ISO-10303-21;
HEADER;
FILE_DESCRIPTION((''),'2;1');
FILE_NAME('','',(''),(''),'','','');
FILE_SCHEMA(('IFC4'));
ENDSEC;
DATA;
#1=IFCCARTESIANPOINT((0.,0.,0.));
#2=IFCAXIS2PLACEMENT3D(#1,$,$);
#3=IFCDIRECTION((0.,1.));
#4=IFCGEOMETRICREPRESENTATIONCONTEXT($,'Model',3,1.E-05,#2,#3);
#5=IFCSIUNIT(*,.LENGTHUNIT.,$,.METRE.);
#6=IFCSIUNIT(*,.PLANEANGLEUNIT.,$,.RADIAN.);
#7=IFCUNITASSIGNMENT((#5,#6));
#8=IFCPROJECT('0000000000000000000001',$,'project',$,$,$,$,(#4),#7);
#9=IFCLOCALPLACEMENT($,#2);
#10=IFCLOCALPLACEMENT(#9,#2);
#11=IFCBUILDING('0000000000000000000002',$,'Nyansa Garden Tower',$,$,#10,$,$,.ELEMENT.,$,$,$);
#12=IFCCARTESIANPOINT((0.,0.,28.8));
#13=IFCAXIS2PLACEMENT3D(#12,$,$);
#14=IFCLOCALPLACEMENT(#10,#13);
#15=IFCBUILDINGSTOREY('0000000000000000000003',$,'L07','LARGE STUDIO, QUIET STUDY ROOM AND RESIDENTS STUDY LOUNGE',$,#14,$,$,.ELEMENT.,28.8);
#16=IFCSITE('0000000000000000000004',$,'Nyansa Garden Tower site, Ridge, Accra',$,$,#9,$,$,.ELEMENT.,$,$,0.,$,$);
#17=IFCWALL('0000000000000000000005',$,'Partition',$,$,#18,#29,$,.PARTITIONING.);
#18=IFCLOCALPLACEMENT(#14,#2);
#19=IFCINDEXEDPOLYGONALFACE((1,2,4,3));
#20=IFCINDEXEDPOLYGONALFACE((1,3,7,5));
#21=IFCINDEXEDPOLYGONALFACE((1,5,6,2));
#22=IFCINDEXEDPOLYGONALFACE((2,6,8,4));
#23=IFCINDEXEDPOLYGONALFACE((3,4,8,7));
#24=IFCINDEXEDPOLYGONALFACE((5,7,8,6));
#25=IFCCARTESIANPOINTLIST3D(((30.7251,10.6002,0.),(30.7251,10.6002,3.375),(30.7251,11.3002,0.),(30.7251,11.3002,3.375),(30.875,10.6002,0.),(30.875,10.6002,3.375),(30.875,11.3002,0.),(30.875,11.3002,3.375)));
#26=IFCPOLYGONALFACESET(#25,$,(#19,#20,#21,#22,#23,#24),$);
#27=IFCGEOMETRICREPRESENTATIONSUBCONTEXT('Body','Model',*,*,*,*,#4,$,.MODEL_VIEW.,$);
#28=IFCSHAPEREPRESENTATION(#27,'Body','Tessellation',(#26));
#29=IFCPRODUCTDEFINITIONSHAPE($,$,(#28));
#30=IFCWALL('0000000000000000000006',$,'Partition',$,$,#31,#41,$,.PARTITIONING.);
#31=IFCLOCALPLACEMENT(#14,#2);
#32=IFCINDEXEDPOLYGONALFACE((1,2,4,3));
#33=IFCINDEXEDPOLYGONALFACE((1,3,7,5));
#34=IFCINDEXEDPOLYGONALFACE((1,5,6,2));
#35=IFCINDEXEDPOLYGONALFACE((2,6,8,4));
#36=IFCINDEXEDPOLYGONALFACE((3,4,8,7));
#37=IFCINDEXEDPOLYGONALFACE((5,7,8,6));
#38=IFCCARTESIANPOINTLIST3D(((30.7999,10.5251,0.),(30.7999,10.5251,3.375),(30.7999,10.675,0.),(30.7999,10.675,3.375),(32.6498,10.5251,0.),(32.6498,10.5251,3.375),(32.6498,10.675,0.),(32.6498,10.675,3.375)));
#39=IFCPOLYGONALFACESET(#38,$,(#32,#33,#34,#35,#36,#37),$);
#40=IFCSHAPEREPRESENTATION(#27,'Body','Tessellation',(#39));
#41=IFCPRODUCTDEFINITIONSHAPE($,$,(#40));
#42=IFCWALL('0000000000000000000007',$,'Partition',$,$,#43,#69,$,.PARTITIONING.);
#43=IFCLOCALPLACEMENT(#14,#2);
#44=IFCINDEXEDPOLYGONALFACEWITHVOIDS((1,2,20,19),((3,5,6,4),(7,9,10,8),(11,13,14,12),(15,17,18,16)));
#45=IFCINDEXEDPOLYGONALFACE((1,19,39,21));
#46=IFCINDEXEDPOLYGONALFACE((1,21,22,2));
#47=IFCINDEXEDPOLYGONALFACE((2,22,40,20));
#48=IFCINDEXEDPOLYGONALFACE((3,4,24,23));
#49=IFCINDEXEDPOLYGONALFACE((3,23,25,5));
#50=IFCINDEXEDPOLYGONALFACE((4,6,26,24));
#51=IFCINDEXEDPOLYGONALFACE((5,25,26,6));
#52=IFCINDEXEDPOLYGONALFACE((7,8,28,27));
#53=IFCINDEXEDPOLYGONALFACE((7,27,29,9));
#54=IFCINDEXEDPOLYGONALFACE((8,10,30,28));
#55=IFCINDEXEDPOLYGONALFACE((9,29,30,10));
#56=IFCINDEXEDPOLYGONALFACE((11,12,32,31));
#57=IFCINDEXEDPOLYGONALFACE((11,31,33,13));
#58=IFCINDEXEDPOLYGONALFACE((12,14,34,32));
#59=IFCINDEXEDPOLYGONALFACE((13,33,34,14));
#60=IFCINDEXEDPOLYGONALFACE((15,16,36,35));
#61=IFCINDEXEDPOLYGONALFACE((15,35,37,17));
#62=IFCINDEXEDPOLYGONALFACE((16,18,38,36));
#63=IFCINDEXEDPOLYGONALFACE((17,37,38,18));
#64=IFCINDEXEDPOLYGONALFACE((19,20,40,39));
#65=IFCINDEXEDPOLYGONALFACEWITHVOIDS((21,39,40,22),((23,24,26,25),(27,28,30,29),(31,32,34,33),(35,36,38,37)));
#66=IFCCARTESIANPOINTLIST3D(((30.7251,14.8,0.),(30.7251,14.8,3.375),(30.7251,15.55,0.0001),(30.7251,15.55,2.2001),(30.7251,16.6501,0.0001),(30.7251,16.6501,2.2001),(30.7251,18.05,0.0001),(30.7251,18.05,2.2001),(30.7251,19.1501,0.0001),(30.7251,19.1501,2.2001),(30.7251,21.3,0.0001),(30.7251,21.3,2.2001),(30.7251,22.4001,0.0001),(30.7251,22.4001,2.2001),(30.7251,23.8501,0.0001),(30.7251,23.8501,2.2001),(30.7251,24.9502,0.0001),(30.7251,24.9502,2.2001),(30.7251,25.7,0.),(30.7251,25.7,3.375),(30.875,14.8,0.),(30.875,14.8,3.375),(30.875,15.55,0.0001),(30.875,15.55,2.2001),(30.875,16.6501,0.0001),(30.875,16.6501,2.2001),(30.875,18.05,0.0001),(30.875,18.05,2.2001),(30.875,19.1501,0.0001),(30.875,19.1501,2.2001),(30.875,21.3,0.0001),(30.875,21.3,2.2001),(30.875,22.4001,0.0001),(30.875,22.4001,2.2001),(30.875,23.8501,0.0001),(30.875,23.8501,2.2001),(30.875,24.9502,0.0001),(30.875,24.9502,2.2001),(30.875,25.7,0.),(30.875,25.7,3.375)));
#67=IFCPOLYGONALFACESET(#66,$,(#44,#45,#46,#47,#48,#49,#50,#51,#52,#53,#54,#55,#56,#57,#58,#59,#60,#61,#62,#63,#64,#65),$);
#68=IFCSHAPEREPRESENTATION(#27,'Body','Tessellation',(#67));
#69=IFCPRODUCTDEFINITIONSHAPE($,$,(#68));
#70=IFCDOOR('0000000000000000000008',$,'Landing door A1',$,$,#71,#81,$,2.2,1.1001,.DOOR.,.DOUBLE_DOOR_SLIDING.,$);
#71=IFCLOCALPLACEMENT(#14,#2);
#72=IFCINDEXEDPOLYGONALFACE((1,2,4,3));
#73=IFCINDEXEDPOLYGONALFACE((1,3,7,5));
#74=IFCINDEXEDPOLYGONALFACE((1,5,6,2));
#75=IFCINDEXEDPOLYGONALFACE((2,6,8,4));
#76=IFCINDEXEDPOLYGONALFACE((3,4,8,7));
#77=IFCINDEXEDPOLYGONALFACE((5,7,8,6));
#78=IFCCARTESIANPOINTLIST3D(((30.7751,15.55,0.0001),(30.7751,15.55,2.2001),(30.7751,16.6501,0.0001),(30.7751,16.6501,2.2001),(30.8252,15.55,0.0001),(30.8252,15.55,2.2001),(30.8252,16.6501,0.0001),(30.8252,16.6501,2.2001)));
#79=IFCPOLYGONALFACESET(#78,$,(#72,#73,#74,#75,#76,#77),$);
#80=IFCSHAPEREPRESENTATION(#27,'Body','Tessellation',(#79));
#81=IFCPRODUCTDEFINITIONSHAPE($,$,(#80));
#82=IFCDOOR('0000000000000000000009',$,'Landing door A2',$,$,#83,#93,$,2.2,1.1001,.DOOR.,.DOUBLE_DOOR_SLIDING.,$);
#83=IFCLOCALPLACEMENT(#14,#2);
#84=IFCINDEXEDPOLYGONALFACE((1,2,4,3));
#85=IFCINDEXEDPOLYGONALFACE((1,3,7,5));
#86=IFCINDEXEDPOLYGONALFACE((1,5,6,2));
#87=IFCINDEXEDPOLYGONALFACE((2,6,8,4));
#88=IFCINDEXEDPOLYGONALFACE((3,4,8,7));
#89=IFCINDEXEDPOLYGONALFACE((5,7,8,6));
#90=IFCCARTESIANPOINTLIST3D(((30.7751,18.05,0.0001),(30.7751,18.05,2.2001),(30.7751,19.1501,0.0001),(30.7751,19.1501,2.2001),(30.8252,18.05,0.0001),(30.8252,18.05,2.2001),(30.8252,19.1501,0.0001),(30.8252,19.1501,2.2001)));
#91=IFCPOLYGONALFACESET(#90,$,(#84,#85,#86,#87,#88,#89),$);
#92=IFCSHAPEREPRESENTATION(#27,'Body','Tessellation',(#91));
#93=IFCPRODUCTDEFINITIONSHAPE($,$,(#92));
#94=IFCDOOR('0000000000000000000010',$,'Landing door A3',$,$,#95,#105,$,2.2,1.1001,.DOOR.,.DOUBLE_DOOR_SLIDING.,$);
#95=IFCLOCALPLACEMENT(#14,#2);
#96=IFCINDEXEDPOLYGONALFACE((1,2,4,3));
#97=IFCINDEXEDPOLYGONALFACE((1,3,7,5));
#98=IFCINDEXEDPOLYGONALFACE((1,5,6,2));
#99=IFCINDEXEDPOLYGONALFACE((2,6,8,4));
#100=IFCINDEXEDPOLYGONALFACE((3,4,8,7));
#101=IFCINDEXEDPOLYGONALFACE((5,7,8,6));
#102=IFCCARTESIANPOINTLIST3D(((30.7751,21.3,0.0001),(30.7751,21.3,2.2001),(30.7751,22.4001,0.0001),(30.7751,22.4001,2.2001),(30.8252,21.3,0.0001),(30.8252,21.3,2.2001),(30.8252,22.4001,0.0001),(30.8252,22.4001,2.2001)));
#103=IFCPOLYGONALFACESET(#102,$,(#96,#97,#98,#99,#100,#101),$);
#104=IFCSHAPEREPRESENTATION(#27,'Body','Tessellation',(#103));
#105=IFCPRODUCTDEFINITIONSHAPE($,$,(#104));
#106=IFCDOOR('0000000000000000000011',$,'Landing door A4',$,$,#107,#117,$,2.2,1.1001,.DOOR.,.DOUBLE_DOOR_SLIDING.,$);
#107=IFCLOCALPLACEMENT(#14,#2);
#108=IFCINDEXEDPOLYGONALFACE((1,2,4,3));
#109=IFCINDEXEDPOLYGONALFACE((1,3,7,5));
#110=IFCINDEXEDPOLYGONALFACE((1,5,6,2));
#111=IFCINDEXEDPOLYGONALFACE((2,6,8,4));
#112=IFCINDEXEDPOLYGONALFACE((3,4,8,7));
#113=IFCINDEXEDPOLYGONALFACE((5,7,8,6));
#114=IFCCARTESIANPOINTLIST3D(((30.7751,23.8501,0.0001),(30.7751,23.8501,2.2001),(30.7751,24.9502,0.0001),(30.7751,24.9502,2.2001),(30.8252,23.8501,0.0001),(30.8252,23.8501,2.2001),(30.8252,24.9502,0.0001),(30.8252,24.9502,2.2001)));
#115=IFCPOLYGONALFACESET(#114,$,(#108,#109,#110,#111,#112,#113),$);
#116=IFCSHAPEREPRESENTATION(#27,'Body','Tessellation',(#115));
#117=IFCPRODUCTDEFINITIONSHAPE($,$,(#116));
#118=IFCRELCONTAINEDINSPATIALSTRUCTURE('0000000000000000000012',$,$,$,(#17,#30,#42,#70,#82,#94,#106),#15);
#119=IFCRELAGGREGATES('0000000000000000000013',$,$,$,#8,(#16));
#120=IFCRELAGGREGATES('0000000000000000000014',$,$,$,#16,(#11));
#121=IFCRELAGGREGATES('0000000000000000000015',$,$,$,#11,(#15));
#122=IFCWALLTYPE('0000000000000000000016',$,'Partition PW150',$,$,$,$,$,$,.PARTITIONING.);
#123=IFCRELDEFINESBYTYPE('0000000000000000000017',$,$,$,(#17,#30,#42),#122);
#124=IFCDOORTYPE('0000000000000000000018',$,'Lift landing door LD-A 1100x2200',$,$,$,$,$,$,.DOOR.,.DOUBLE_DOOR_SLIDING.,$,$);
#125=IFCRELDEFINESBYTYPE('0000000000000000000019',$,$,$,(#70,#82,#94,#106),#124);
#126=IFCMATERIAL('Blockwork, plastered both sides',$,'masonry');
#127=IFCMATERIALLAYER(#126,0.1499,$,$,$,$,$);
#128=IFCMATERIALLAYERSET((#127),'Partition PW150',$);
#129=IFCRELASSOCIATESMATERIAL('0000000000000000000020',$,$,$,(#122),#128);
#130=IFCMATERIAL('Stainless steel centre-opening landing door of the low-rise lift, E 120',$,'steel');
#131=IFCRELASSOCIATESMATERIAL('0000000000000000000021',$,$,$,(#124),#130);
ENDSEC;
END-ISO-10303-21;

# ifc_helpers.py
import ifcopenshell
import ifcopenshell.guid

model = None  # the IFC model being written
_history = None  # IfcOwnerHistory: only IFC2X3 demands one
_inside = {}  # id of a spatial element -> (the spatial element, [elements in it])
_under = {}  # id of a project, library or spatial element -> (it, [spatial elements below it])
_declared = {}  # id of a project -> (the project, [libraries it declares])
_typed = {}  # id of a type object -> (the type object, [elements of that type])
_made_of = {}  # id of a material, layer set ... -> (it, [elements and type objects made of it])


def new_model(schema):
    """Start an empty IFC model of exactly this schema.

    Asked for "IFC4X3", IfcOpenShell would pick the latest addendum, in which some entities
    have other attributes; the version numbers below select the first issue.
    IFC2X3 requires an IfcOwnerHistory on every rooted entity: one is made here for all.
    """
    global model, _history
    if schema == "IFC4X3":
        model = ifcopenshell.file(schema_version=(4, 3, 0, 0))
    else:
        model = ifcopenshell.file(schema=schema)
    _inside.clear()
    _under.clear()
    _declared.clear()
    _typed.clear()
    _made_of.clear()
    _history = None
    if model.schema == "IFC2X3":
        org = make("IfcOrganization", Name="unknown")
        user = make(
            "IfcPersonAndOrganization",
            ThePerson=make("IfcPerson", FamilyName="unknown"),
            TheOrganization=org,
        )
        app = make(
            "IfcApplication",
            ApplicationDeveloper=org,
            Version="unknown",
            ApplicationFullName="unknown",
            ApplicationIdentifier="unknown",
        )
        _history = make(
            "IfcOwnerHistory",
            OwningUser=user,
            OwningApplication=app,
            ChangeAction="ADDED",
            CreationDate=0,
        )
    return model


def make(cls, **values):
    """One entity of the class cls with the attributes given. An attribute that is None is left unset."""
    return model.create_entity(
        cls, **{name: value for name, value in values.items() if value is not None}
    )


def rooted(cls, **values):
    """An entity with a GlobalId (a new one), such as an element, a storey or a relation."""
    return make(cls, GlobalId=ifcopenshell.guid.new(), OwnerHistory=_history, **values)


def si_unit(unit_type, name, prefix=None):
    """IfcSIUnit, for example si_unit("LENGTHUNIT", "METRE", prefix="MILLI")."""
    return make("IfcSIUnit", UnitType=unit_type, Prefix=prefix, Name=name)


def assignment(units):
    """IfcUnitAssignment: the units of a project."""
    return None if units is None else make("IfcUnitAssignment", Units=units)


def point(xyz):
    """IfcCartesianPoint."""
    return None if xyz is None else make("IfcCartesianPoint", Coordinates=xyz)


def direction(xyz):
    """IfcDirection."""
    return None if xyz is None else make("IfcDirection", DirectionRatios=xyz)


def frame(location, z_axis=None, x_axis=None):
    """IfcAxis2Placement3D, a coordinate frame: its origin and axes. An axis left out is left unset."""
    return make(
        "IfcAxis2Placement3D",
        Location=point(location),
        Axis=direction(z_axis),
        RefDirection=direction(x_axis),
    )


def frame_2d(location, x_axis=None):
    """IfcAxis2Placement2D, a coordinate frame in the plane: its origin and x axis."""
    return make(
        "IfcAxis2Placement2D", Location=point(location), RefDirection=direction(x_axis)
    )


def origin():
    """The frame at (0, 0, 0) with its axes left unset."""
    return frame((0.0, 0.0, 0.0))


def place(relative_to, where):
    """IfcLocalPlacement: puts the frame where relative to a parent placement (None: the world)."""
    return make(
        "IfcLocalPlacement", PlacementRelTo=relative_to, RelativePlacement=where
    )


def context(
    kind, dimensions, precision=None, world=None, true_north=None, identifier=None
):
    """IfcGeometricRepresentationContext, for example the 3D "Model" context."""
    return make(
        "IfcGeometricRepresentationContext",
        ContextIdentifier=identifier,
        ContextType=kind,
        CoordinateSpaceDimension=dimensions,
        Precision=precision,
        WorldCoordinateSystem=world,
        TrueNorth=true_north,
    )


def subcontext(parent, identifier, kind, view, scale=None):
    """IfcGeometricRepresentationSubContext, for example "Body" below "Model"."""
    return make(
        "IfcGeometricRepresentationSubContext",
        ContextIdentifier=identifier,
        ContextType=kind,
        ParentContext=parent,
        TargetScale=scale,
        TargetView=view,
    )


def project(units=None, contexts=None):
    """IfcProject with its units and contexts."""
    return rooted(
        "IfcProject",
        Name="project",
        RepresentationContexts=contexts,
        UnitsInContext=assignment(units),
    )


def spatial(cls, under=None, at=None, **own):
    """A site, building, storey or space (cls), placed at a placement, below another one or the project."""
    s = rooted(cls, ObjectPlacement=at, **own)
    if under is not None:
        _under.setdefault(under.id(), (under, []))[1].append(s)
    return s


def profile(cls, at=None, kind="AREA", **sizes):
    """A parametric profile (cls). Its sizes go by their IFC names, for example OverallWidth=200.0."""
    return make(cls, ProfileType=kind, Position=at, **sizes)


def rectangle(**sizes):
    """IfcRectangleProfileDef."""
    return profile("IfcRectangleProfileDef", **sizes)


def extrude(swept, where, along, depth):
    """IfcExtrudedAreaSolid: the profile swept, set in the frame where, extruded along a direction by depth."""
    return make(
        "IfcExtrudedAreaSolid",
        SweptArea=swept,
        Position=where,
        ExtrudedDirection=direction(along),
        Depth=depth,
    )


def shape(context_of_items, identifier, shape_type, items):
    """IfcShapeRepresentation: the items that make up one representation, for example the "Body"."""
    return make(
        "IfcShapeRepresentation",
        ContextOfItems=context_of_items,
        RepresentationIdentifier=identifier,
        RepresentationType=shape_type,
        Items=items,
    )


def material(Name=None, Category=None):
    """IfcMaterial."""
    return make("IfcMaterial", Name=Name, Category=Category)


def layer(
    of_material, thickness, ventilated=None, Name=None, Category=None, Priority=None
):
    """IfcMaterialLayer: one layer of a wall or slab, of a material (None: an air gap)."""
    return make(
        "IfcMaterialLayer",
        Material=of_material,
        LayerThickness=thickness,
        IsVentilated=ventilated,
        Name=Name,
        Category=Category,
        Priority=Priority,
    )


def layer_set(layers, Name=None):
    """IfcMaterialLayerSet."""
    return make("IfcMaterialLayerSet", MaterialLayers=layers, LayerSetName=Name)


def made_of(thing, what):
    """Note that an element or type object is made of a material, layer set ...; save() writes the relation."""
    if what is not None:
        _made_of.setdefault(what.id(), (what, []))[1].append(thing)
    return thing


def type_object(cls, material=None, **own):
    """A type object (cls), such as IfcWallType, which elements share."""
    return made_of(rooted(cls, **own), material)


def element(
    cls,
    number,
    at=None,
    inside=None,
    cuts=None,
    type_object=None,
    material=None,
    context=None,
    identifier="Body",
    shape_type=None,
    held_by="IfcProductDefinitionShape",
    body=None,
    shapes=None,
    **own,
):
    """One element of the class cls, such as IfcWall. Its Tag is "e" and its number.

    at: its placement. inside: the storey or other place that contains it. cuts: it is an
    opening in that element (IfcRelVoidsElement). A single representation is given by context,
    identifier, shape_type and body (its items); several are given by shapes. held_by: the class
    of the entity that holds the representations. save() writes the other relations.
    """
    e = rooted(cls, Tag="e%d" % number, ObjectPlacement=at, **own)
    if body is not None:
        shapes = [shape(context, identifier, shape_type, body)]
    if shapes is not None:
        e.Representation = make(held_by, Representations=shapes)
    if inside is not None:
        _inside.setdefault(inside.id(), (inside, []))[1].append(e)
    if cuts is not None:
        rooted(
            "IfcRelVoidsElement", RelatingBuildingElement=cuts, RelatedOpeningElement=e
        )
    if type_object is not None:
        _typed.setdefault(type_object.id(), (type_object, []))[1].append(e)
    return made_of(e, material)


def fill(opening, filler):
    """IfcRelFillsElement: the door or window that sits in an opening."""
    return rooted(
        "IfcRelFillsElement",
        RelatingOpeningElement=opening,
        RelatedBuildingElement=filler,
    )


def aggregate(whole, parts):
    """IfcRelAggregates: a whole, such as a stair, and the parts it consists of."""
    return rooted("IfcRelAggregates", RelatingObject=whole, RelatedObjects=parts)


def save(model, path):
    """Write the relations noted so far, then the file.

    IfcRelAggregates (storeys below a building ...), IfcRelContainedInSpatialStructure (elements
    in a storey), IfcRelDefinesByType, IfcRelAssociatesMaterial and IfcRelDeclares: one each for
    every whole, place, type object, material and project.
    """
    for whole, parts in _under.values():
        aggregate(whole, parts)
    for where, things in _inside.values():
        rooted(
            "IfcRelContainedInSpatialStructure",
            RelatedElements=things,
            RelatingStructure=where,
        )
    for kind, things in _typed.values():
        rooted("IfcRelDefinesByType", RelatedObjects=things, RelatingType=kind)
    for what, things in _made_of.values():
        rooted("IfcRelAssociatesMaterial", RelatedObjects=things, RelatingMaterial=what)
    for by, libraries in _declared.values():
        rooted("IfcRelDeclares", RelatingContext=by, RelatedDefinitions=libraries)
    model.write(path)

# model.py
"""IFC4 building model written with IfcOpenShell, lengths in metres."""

from ifc_helpers import new_model, si_unit, direction, frame, frame_2d, origin, place, context, subcontext, project, spatial, rectangle, extrude, material, layer, layer_set, type_object, element, fill, save


model = new_model("IFC4")

# Units and contexts
model_context = context("Model", 3, precision=1e-05, world=origin(), true_north=direction((0.0, 1.0)))
body_context = subcontext(model_context, "Body", "Model", "MODEL_VIEW")
ifc_project = project(units=[si_unit("LENGTHUNIT", "METRE"), si_unit("PLANEANGLEUNIT", "RADIAN")], contexts=[model_context])

# Site, building, storey
site_placement = place(None, origin())
site = spatial("IfcSite", under=ifc_project, at=site_placement, Name="Nyansa Garden Tower site, Ridge, Accra", CompositionType="ELEMENT", RefElevation=0.0)
building_placement = place(site_placement, origin())
building = spatial("IfcBuilding", under=site, at=building_placement, Name="Nyansa Garden Tower", CompositionType="ELEMENT")
storey_placement = place(building_placement, frame((0.0, 0.0, 28.8)))
storey = spatial("IfcBuildingStorey", under=building, at=storey_placement, Name="L07", Description="LARGE STUDIO, QUIET STUDY ROOM AND RESIDENTS STUDY LOUNGE", CompositionType="ELEMENT", Elevation=28.8)

# Shared definitions
ifc_material_1 = material(Name="Blockwork, plastered both sides", Category="masonry")
ifc_layer_1 = layer(ifc_material_1, 0.1499)
ifc_layer_set_1 = layer_set([ifc_layer_1], Name="Partition PW150")
wall_type_1 = type_object("IfcWallType", Name="Partition PW150", PredefinedType="PARTITIONING", material=ifc_layer_set_1)

# Walls
wall_1_placement = place(storey_placement, frame((30.8, 10.6001, 0.0), z_axis=(0.0, 0.0, 1.0), x_axis=(0.0, 1.0, 0.0)))
element("IfcWall", 1, at=wall_1_placement, inside=storey, type_object=wall_type_1, Name="Partition", PredefinedType="PARTITIONING", context=body_context, shape_type="SweptSolid", body=[
    extrude(rectangle(XDim=0.7, YDim=0.1499, at=frame_2d((0.3501, 0.0))), origin(), (0.0, 0.0, 1.0), 3.375),
])
wall_2_placement = place(storey_placement, frame((30.8, 10.6001, 0.0), z_axis=(0.0, 0.0, 1.0), x_axis=(1.0, 0.0, 0.0)))
element("IfcWall", 2, at=wall_2_placement, inside=storey, type_object=wall_type_1, Name="Partition", PredefinedType="PARTITIONING", context=body_context, shape_type="SweptSolid", body=[
    extrude(rectangle(XDim=1.8499, YDim=0.1499, at=frame_2d((0.9248, 0.0))), origin(), (0.0, 0.0, 1.0), 3.375),
])

# Wall, openings, doors
wall_3_placement = place(storey_placement, frame((30.8, 14.8, 0.0), z_axis=(0.0, 0.0, 1.0), x_axis=(0.0, 1.0, 0.0)))
wall_3 = element("IfcWall", 3, at=wall_3_placement, inside=storey, type_object=wall_type_1, Name="Partition", PredefinedType="PARTITIONING", context=body_context, shape_type="SweptSolid", body=[
    extrude(rectangle(XDim=10.8999, YDim=0.1499, at=frame_2d((5.45, 0.0))), origin(), (0.0, 0.0, 1.0), 3.375),
])
opening_1_placement = place(wall_3_placement, frame((0.75, 0.0, 0.0)))
opening_1 = element("IfcOpeningElement", 4, at=opening_1_placement, cuts=wall_3, PredefinedType="OPENING", context=body_context, shape_type="SweptSolid", body=[
    extrude(rectangle(XDim=1.1001, YDim=2.2, at=frame_2d((0.55, 1.1001))), frame((0.0, 0.085, 0.0), z_axis=(0.0, -1.0, 0.0), x_axis=(1.0, 0.0, 0.0)), (0.0, 0.0, 1.0), 0.1699),
])
opening_2_placement = place(wall_3_placement, frame((3.25, 0.0, 0.0)))
opening_2 = element("IfcOpeningElement", 5, at=opening_2_placement, cuts=wall_3, PredefinedType="OPENING", context=body_context, shape_type="SweptSolid", body=[
    extrude(rectangle(XDim=1.1001, YDim=2.2, at=frame_2d((0.55, 1.1001))), frame((0.0, 0.085, 0.0), z_axis=(0.0, -1.0, 0.0), x_axis=(1.0, 0.0, 0.0)), (0.0, 0.0, 1.0), 0.1699),
])
opening_3_placement = place(wall_3_placement, frame((6.5, 0.0, 0.0)))
opening_3 = element("IfcOpeningElement", 6, at=opening_3_placement, cuts=wall_3, PredefinedType="OPENING", context=body_context, shape_type="SweptSolid", body=[
    extrude(rectangle(XDim=1.1001, YDim=2.2, at=frame_2d((0.55, 1.1001))), frame((0.0, 0.085, 0.0), z_axis=(0.0, -1.0, 0.0), x_axis=(1.0, 0.0, 0.0)), (0.0, 0.0, 1.0), 0.1699),
])
opening_4_placement = place(wall_3_placement, frame((9.05, 0.0, 0.0)))
opening_4 = element("IfcOpeningElement", 7, at=opening_4_placement, cuts=wall_3, PredefinedType="OPENING", context=body_context, shape_type="SweptSolid", body=[
    extrude(rectangle(XDim=1.1001, YDim=2.2, at=frame_2d((0.55, 1.1001))), frame((0.0, 0.085, 0.0), z_axis=(0.0, -1.0, 0.0), x_axis=(1.0, 0.0, 0.0)), (0.0, 0.0, 1.0), 0.1699),
])
ifc_material_2 = material(Name="Stainless steel centre-opening landing door of the low-rise lift, E 120", Category="steel")
door_type_1 = type_object("IfcDoorType", Name="Lift landing door LD-A 1100x2200", OperationType="DOUBLE_DOOR_SLIDING", PredefinedType="DOOR", material=ifc_material_2)
door_1_placement = place(opening_1_placement, origin())
door_1 = element("IfcDoor", 8, at=door_1_placement, inside=storey, type_object=door_type_1, Name="Landing door A1", OperationType="DOUBLE_DOOR_SLIDING", OverallHeight=2.2, OverallWidth=1.1001, PredefinedType="DOOR", context=body_context, shape_type="SweptSolid", body=[
    extrude(rectangle(XDim=1.1001, YDim=2.2, at=frame_2d((0.55, 1.1001))), frame((0.0, 0.0249, 0.0), z_axis=(0.0, -1.0, 0.0), x_axis=(1.0, 0.0, 0.0)), (0.0, 0.0, 1.0), 0.05),
])
fill(opening_1, door_1)
door_2_placement = place(opening_2_placement, origin())
door_2 = element("IfcDoor", 9, at=door_2_placement, inside=storey, type_object=door_type_1, Name="Landing door A2", OperationType="DOUBLE_DOOR_SLIDING", OverallHeight=2.2, OverallWidth=1.1001, PredefinedType="DOOR", context=body_context, shape_type="SweptSolid", body=[
    extrude(rectangle(XDim=1.1001, YDim=2.2, at=frame_2d((0.55, 1.1001))), frame((0.0, 0.0249, 0.0), z_axis=(0.0, -1.0, 0.0), x_axis=(1.0, 0.0, 0.0)), (0.0, 0.0, 1.0), 0.05),
])
fill(opening_2, door_2)
door_3_placement = place(opening_3_placement, origin())
door_3 = element("IfcDoor", 10, at=door_3_placement, inside=storey, type_object=door_type_1, Name="Landing door A3", OperationType="DOUBLE_DOOR_SLIDING", OverallHeight=2.2, OverallWidth=1.1001, PredefinedType="DOOR", context=body_context, shape_type="SweptSolid", body=[
    extrude(rectangle(XDim=1.1001, YDim=2.2, at=frame_2d((0.55, 1.1001))), frame((0.0, 0.0249, 0.0), z_axis=(0.0, -1.0, 0.0), x_axis=(1.0, 0.0, 0.0)), (0.0, 0.0, 1.0), 0.05),
])
fill(opening_3, door_3)
door_4_placement = place(opening_4_placement, origin())
door_4 = element("IfcDoor", 11, at=door_4_placement, inside=storey, type_object=door_type_1, Name="Landing door A4", OperationType="DOUBLE_DOOR_SLIDING", OverallHeight=2.2, OverallWidth=1.1001, PredefinedType="DOOR", context=body_context, shape_type="SweptSolid", body=[
    extrude(rectangle(XDim=1.1001, YDim=2.2, at=frame_2d((0.55, 1.1001))), frame((0.0, 0.0249, 0.0), z_axis=(0.0, -1.0, 0.0), x_axis=(1.0, 0.0, 0.0)), (0.0, 0.0, 1.0), 0.05),
])
fill(opening_4, door_4)

save(model, "model.ifc")
